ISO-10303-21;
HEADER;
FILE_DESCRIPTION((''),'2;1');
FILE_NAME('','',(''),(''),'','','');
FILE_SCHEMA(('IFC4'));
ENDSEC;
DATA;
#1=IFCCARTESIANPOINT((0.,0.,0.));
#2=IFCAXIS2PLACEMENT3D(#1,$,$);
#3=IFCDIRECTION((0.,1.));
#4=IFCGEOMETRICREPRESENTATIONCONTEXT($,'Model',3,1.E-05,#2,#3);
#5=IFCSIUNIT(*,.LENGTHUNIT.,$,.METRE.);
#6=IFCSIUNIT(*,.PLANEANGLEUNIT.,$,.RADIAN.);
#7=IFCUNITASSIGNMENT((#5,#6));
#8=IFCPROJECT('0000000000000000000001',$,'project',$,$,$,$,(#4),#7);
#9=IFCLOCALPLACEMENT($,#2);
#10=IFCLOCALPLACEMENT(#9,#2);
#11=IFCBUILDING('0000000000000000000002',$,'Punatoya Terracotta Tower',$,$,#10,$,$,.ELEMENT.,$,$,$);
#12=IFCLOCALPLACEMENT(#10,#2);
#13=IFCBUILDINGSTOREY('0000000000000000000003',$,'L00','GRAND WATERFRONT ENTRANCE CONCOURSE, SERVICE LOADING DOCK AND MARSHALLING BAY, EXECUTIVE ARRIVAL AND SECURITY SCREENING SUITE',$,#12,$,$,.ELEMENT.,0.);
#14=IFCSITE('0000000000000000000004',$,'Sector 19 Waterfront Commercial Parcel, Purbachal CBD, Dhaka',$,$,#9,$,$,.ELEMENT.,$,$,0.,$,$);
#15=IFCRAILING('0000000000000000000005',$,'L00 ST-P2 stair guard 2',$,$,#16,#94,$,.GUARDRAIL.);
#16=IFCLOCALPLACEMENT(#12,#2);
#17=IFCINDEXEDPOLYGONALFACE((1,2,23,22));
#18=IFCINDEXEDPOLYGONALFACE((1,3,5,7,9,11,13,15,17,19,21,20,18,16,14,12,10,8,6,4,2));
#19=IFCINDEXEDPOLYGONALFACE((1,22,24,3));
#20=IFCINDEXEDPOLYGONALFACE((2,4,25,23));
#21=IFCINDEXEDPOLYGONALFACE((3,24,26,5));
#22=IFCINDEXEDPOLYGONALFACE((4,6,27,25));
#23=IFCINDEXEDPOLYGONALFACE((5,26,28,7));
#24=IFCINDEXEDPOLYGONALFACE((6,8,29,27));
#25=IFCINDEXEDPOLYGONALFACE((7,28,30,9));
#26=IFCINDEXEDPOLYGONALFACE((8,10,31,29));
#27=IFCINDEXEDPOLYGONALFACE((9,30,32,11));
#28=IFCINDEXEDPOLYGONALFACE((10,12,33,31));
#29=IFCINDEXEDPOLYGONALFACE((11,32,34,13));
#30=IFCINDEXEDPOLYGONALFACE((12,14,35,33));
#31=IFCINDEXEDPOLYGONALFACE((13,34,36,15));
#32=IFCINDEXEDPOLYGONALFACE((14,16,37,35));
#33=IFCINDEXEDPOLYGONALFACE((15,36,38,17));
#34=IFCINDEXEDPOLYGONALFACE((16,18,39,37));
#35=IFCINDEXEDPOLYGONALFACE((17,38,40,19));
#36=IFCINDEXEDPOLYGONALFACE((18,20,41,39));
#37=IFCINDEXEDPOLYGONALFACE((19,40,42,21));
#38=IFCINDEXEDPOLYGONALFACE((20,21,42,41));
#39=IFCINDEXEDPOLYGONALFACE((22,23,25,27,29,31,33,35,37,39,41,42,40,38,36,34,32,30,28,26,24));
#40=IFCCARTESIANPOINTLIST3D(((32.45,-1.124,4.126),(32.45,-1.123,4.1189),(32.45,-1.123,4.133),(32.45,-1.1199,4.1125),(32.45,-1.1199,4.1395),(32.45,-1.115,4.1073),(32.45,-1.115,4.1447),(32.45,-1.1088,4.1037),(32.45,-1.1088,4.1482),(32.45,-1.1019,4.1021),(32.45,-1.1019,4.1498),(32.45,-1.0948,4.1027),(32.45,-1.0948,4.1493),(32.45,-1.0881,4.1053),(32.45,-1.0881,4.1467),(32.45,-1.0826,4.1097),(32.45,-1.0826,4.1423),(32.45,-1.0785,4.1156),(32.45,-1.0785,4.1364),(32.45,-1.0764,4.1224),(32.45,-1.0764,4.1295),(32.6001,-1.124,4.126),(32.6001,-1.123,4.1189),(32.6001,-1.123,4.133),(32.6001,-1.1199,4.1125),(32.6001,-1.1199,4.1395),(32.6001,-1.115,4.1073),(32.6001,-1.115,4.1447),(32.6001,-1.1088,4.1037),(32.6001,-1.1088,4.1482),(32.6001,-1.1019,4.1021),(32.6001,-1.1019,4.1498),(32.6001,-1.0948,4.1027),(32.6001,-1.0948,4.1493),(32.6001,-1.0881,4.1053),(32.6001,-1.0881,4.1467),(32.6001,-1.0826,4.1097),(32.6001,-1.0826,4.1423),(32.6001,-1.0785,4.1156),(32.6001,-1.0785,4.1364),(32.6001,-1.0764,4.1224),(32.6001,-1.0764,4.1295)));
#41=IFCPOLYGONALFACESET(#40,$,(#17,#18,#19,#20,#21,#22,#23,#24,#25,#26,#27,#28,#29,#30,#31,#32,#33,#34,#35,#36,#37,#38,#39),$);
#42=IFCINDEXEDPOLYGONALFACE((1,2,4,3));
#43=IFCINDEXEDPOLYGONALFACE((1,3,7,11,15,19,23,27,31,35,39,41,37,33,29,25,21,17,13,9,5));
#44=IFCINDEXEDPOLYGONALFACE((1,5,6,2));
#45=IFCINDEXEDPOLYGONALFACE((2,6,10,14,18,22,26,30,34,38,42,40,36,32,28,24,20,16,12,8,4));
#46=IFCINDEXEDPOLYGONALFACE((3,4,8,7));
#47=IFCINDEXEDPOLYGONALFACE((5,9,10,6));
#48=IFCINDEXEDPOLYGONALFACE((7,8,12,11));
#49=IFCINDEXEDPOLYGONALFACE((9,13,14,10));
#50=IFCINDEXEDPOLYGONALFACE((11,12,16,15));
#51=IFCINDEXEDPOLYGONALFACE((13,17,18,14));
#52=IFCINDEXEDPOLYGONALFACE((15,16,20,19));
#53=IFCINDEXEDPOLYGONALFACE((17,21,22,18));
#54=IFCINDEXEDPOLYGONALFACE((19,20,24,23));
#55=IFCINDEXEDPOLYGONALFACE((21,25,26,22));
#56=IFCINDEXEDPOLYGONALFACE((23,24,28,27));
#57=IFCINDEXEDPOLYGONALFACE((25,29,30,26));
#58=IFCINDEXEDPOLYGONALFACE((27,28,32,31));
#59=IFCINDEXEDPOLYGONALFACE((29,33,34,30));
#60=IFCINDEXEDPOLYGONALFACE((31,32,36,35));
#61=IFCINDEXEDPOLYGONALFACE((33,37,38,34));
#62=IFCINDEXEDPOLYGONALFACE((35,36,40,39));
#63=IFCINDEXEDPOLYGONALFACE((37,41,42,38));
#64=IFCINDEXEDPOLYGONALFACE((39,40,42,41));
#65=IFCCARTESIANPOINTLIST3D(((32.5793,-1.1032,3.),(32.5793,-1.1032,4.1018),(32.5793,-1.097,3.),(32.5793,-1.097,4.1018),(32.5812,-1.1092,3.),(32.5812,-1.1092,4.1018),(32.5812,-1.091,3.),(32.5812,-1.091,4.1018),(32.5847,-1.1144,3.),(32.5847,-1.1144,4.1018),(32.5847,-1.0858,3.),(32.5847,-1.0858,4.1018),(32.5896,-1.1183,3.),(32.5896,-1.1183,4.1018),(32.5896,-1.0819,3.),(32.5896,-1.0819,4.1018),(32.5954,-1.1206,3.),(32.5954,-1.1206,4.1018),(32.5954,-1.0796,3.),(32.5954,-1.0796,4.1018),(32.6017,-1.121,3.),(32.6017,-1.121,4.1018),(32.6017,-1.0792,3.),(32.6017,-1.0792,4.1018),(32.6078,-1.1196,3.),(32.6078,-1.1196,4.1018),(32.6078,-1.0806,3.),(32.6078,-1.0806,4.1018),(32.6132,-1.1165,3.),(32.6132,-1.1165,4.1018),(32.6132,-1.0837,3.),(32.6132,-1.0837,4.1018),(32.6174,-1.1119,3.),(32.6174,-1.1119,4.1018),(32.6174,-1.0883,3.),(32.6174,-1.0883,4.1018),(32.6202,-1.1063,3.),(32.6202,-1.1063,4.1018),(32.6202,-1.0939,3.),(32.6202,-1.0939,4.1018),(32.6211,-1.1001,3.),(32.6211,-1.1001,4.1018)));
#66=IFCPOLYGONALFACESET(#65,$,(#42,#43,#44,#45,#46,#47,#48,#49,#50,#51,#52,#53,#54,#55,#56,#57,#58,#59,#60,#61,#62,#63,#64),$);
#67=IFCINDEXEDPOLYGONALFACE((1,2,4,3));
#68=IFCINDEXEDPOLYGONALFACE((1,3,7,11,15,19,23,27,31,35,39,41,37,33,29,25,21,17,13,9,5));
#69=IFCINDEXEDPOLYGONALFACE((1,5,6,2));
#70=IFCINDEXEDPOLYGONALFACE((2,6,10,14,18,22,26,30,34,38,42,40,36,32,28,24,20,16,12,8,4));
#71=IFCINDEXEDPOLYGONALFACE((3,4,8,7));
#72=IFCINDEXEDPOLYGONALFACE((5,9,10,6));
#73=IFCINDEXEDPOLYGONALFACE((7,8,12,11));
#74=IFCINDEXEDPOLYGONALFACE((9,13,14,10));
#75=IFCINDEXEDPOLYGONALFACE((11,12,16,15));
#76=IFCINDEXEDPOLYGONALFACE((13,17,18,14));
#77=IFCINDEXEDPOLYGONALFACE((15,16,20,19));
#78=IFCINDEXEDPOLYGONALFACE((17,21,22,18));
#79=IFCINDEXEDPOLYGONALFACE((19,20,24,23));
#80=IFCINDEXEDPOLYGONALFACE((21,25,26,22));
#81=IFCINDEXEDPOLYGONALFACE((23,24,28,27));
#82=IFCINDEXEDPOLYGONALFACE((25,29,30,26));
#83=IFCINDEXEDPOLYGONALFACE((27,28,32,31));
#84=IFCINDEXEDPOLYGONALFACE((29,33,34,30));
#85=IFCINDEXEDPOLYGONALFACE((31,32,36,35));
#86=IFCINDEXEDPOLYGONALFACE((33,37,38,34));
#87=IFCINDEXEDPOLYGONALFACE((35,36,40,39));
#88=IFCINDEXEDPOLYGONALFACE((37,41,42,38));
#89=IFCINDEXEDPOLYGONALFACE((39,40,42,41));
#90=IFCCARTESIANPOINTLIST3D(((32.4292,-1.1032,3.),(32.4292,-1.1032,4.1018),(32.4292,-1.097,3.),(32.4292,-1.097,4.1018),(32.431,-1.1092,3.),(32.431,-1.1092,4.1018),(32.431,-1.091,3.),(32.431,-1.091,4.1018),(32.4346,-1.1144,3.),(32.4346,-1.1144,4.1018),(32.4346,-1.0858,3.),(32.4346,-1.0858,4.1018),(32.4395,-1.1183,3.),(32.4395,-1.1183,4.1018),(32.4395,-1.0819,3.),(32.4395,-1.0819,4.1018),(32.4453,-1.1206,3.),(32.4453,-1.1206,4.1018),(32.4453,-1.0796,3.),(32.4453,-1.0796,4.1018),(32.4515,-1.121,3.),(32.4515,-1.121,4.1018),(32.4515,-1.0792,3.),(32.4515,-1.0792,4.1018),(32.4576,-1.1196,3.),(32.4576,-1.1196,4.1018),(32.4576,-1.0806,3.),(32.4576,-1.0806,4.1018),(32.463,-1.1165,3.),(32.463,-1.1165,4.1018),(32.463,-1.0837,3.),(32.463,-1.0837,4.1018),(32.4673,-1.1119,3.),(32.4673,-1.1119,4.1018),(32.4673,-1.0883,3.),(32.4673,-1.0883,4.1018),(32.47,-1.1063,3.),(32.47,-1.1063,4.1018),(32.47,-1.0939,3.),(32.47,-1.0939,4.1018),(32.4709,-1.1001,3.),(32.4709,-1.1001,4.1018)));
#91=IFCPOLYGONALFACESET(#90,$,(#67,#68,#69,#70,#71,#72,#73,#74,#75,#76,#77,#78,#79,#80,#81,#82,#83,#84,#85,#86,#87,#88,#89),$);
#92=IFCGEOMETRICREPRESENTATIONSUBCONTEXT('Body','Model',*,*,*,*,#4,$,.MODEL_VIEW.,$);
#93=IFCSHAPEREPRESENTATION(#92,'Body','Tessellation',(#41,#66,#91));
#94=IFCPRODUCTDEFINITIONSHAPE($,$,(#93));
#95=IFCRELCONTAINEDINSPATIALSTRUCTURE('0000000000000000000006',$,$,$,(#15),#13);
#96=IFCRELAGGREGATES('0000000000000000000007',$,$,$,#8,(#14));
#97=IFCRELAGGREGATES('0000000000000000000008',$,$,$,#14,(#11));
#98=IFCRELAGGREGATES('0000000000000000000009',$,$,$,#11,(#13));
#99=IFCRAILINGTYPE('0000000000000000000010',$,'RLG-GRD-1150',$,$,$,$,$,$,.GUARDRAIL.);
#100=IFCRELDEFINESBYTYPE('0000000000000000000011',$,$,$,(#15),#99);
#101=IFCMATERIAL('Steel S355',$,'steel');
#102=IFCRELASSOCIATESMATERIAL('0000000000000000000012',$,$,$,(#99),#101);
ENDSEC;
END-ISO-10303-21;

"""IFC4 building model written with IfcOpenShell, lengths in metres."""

from ifc_helpers import new_model, si_unit, direction, frame, origin, origin_2d, place, context, subcontext, project, spatial, circle, extrude, material, type_object, element, save


model = new_model("IFC4")

# Units and contexts
model_context = context("Model", 3, precision=1e-05, world=origin(), true_north=direction((0.0, 1.0)))
body_context = subcontext(model_context, "Body", "Model", "MODEL_VIEW")
ifc_project = project(units=[si_unit("LENGTHUNIT", "METRE"), si_unit("PLANEANGLEUNIT", "RADIAN")], contexts=[model_context])

# Site, building, storey
site_placement = place(None, origin())
site = spatial("IfcSite", under=ifc_project, at=site_placement, Name="Sector 19 Waterfront Commercial Parcel, Purbachal CBD, Dhaka", CompositionType="ELEMENT", RefElevation=0.0)
building_placement = place(site_placement, origin())
building = spatial("IfcBuilding", under=site, at=building_placement, Name="Punatoya Terracotta Tower", CompositionType="ELEMENT")
storey_placement = place(building_placement, origin())
storey = spatial("IfcBuildingStorey", under=building, at=storey_placement, Name="L00", Description="GRAND WATERFRONT ENTRANCE CONCOURSE, SERVICE LOADING DOCK AND MARSHALLING BAY, EXECUTIVE ARRIVAL AND SECURITY SCREENING SUITE", CompositionType="ELEMENT", Elevation=0.0)

# Shared definitions
ifc_material_1 = material(Name="Steel S355", Category="steel")

# Railing
railing_type_1 = type_object("IfcRailingType", Name="RLG-GRD-1150", PredefinedType="GUARDRAIL", material=ifc_material_1)
railing_1_placement = place(storey_placement, frame((32.6001, -1.1001, 3.0)))
element("IfcRailing", 1, at=railing_1_placement, inside=storey, type_object=railing_type_1, Name="L00 ST-P2 stair guard 2", PredefinedType="GUARDRAIL", context=body_context, shape_type="SweptSolid", body=[
    extrude(circle(Radius=0.0239, at=origin_2d()), frame((0.0, 0.0, 1.126), z_axis=(-1.0, 0.0, 0.0), x_axis=(0.0, -1.0, 0.0)), (0.0, 0.0, 1.0), 0.1501),
    extrude(circle(Radius=0.021, at=origin_2d()), origin(), (0.0, 0.0, 1.0), 1.1018),
    extrude(circle(Radius=0.021, at=origin_2d()), frame((-0.1501, 0.0, 0.0)), (0.0, 0.0, 1.0), 1.1018),
])

save(model, "model.ifc")
